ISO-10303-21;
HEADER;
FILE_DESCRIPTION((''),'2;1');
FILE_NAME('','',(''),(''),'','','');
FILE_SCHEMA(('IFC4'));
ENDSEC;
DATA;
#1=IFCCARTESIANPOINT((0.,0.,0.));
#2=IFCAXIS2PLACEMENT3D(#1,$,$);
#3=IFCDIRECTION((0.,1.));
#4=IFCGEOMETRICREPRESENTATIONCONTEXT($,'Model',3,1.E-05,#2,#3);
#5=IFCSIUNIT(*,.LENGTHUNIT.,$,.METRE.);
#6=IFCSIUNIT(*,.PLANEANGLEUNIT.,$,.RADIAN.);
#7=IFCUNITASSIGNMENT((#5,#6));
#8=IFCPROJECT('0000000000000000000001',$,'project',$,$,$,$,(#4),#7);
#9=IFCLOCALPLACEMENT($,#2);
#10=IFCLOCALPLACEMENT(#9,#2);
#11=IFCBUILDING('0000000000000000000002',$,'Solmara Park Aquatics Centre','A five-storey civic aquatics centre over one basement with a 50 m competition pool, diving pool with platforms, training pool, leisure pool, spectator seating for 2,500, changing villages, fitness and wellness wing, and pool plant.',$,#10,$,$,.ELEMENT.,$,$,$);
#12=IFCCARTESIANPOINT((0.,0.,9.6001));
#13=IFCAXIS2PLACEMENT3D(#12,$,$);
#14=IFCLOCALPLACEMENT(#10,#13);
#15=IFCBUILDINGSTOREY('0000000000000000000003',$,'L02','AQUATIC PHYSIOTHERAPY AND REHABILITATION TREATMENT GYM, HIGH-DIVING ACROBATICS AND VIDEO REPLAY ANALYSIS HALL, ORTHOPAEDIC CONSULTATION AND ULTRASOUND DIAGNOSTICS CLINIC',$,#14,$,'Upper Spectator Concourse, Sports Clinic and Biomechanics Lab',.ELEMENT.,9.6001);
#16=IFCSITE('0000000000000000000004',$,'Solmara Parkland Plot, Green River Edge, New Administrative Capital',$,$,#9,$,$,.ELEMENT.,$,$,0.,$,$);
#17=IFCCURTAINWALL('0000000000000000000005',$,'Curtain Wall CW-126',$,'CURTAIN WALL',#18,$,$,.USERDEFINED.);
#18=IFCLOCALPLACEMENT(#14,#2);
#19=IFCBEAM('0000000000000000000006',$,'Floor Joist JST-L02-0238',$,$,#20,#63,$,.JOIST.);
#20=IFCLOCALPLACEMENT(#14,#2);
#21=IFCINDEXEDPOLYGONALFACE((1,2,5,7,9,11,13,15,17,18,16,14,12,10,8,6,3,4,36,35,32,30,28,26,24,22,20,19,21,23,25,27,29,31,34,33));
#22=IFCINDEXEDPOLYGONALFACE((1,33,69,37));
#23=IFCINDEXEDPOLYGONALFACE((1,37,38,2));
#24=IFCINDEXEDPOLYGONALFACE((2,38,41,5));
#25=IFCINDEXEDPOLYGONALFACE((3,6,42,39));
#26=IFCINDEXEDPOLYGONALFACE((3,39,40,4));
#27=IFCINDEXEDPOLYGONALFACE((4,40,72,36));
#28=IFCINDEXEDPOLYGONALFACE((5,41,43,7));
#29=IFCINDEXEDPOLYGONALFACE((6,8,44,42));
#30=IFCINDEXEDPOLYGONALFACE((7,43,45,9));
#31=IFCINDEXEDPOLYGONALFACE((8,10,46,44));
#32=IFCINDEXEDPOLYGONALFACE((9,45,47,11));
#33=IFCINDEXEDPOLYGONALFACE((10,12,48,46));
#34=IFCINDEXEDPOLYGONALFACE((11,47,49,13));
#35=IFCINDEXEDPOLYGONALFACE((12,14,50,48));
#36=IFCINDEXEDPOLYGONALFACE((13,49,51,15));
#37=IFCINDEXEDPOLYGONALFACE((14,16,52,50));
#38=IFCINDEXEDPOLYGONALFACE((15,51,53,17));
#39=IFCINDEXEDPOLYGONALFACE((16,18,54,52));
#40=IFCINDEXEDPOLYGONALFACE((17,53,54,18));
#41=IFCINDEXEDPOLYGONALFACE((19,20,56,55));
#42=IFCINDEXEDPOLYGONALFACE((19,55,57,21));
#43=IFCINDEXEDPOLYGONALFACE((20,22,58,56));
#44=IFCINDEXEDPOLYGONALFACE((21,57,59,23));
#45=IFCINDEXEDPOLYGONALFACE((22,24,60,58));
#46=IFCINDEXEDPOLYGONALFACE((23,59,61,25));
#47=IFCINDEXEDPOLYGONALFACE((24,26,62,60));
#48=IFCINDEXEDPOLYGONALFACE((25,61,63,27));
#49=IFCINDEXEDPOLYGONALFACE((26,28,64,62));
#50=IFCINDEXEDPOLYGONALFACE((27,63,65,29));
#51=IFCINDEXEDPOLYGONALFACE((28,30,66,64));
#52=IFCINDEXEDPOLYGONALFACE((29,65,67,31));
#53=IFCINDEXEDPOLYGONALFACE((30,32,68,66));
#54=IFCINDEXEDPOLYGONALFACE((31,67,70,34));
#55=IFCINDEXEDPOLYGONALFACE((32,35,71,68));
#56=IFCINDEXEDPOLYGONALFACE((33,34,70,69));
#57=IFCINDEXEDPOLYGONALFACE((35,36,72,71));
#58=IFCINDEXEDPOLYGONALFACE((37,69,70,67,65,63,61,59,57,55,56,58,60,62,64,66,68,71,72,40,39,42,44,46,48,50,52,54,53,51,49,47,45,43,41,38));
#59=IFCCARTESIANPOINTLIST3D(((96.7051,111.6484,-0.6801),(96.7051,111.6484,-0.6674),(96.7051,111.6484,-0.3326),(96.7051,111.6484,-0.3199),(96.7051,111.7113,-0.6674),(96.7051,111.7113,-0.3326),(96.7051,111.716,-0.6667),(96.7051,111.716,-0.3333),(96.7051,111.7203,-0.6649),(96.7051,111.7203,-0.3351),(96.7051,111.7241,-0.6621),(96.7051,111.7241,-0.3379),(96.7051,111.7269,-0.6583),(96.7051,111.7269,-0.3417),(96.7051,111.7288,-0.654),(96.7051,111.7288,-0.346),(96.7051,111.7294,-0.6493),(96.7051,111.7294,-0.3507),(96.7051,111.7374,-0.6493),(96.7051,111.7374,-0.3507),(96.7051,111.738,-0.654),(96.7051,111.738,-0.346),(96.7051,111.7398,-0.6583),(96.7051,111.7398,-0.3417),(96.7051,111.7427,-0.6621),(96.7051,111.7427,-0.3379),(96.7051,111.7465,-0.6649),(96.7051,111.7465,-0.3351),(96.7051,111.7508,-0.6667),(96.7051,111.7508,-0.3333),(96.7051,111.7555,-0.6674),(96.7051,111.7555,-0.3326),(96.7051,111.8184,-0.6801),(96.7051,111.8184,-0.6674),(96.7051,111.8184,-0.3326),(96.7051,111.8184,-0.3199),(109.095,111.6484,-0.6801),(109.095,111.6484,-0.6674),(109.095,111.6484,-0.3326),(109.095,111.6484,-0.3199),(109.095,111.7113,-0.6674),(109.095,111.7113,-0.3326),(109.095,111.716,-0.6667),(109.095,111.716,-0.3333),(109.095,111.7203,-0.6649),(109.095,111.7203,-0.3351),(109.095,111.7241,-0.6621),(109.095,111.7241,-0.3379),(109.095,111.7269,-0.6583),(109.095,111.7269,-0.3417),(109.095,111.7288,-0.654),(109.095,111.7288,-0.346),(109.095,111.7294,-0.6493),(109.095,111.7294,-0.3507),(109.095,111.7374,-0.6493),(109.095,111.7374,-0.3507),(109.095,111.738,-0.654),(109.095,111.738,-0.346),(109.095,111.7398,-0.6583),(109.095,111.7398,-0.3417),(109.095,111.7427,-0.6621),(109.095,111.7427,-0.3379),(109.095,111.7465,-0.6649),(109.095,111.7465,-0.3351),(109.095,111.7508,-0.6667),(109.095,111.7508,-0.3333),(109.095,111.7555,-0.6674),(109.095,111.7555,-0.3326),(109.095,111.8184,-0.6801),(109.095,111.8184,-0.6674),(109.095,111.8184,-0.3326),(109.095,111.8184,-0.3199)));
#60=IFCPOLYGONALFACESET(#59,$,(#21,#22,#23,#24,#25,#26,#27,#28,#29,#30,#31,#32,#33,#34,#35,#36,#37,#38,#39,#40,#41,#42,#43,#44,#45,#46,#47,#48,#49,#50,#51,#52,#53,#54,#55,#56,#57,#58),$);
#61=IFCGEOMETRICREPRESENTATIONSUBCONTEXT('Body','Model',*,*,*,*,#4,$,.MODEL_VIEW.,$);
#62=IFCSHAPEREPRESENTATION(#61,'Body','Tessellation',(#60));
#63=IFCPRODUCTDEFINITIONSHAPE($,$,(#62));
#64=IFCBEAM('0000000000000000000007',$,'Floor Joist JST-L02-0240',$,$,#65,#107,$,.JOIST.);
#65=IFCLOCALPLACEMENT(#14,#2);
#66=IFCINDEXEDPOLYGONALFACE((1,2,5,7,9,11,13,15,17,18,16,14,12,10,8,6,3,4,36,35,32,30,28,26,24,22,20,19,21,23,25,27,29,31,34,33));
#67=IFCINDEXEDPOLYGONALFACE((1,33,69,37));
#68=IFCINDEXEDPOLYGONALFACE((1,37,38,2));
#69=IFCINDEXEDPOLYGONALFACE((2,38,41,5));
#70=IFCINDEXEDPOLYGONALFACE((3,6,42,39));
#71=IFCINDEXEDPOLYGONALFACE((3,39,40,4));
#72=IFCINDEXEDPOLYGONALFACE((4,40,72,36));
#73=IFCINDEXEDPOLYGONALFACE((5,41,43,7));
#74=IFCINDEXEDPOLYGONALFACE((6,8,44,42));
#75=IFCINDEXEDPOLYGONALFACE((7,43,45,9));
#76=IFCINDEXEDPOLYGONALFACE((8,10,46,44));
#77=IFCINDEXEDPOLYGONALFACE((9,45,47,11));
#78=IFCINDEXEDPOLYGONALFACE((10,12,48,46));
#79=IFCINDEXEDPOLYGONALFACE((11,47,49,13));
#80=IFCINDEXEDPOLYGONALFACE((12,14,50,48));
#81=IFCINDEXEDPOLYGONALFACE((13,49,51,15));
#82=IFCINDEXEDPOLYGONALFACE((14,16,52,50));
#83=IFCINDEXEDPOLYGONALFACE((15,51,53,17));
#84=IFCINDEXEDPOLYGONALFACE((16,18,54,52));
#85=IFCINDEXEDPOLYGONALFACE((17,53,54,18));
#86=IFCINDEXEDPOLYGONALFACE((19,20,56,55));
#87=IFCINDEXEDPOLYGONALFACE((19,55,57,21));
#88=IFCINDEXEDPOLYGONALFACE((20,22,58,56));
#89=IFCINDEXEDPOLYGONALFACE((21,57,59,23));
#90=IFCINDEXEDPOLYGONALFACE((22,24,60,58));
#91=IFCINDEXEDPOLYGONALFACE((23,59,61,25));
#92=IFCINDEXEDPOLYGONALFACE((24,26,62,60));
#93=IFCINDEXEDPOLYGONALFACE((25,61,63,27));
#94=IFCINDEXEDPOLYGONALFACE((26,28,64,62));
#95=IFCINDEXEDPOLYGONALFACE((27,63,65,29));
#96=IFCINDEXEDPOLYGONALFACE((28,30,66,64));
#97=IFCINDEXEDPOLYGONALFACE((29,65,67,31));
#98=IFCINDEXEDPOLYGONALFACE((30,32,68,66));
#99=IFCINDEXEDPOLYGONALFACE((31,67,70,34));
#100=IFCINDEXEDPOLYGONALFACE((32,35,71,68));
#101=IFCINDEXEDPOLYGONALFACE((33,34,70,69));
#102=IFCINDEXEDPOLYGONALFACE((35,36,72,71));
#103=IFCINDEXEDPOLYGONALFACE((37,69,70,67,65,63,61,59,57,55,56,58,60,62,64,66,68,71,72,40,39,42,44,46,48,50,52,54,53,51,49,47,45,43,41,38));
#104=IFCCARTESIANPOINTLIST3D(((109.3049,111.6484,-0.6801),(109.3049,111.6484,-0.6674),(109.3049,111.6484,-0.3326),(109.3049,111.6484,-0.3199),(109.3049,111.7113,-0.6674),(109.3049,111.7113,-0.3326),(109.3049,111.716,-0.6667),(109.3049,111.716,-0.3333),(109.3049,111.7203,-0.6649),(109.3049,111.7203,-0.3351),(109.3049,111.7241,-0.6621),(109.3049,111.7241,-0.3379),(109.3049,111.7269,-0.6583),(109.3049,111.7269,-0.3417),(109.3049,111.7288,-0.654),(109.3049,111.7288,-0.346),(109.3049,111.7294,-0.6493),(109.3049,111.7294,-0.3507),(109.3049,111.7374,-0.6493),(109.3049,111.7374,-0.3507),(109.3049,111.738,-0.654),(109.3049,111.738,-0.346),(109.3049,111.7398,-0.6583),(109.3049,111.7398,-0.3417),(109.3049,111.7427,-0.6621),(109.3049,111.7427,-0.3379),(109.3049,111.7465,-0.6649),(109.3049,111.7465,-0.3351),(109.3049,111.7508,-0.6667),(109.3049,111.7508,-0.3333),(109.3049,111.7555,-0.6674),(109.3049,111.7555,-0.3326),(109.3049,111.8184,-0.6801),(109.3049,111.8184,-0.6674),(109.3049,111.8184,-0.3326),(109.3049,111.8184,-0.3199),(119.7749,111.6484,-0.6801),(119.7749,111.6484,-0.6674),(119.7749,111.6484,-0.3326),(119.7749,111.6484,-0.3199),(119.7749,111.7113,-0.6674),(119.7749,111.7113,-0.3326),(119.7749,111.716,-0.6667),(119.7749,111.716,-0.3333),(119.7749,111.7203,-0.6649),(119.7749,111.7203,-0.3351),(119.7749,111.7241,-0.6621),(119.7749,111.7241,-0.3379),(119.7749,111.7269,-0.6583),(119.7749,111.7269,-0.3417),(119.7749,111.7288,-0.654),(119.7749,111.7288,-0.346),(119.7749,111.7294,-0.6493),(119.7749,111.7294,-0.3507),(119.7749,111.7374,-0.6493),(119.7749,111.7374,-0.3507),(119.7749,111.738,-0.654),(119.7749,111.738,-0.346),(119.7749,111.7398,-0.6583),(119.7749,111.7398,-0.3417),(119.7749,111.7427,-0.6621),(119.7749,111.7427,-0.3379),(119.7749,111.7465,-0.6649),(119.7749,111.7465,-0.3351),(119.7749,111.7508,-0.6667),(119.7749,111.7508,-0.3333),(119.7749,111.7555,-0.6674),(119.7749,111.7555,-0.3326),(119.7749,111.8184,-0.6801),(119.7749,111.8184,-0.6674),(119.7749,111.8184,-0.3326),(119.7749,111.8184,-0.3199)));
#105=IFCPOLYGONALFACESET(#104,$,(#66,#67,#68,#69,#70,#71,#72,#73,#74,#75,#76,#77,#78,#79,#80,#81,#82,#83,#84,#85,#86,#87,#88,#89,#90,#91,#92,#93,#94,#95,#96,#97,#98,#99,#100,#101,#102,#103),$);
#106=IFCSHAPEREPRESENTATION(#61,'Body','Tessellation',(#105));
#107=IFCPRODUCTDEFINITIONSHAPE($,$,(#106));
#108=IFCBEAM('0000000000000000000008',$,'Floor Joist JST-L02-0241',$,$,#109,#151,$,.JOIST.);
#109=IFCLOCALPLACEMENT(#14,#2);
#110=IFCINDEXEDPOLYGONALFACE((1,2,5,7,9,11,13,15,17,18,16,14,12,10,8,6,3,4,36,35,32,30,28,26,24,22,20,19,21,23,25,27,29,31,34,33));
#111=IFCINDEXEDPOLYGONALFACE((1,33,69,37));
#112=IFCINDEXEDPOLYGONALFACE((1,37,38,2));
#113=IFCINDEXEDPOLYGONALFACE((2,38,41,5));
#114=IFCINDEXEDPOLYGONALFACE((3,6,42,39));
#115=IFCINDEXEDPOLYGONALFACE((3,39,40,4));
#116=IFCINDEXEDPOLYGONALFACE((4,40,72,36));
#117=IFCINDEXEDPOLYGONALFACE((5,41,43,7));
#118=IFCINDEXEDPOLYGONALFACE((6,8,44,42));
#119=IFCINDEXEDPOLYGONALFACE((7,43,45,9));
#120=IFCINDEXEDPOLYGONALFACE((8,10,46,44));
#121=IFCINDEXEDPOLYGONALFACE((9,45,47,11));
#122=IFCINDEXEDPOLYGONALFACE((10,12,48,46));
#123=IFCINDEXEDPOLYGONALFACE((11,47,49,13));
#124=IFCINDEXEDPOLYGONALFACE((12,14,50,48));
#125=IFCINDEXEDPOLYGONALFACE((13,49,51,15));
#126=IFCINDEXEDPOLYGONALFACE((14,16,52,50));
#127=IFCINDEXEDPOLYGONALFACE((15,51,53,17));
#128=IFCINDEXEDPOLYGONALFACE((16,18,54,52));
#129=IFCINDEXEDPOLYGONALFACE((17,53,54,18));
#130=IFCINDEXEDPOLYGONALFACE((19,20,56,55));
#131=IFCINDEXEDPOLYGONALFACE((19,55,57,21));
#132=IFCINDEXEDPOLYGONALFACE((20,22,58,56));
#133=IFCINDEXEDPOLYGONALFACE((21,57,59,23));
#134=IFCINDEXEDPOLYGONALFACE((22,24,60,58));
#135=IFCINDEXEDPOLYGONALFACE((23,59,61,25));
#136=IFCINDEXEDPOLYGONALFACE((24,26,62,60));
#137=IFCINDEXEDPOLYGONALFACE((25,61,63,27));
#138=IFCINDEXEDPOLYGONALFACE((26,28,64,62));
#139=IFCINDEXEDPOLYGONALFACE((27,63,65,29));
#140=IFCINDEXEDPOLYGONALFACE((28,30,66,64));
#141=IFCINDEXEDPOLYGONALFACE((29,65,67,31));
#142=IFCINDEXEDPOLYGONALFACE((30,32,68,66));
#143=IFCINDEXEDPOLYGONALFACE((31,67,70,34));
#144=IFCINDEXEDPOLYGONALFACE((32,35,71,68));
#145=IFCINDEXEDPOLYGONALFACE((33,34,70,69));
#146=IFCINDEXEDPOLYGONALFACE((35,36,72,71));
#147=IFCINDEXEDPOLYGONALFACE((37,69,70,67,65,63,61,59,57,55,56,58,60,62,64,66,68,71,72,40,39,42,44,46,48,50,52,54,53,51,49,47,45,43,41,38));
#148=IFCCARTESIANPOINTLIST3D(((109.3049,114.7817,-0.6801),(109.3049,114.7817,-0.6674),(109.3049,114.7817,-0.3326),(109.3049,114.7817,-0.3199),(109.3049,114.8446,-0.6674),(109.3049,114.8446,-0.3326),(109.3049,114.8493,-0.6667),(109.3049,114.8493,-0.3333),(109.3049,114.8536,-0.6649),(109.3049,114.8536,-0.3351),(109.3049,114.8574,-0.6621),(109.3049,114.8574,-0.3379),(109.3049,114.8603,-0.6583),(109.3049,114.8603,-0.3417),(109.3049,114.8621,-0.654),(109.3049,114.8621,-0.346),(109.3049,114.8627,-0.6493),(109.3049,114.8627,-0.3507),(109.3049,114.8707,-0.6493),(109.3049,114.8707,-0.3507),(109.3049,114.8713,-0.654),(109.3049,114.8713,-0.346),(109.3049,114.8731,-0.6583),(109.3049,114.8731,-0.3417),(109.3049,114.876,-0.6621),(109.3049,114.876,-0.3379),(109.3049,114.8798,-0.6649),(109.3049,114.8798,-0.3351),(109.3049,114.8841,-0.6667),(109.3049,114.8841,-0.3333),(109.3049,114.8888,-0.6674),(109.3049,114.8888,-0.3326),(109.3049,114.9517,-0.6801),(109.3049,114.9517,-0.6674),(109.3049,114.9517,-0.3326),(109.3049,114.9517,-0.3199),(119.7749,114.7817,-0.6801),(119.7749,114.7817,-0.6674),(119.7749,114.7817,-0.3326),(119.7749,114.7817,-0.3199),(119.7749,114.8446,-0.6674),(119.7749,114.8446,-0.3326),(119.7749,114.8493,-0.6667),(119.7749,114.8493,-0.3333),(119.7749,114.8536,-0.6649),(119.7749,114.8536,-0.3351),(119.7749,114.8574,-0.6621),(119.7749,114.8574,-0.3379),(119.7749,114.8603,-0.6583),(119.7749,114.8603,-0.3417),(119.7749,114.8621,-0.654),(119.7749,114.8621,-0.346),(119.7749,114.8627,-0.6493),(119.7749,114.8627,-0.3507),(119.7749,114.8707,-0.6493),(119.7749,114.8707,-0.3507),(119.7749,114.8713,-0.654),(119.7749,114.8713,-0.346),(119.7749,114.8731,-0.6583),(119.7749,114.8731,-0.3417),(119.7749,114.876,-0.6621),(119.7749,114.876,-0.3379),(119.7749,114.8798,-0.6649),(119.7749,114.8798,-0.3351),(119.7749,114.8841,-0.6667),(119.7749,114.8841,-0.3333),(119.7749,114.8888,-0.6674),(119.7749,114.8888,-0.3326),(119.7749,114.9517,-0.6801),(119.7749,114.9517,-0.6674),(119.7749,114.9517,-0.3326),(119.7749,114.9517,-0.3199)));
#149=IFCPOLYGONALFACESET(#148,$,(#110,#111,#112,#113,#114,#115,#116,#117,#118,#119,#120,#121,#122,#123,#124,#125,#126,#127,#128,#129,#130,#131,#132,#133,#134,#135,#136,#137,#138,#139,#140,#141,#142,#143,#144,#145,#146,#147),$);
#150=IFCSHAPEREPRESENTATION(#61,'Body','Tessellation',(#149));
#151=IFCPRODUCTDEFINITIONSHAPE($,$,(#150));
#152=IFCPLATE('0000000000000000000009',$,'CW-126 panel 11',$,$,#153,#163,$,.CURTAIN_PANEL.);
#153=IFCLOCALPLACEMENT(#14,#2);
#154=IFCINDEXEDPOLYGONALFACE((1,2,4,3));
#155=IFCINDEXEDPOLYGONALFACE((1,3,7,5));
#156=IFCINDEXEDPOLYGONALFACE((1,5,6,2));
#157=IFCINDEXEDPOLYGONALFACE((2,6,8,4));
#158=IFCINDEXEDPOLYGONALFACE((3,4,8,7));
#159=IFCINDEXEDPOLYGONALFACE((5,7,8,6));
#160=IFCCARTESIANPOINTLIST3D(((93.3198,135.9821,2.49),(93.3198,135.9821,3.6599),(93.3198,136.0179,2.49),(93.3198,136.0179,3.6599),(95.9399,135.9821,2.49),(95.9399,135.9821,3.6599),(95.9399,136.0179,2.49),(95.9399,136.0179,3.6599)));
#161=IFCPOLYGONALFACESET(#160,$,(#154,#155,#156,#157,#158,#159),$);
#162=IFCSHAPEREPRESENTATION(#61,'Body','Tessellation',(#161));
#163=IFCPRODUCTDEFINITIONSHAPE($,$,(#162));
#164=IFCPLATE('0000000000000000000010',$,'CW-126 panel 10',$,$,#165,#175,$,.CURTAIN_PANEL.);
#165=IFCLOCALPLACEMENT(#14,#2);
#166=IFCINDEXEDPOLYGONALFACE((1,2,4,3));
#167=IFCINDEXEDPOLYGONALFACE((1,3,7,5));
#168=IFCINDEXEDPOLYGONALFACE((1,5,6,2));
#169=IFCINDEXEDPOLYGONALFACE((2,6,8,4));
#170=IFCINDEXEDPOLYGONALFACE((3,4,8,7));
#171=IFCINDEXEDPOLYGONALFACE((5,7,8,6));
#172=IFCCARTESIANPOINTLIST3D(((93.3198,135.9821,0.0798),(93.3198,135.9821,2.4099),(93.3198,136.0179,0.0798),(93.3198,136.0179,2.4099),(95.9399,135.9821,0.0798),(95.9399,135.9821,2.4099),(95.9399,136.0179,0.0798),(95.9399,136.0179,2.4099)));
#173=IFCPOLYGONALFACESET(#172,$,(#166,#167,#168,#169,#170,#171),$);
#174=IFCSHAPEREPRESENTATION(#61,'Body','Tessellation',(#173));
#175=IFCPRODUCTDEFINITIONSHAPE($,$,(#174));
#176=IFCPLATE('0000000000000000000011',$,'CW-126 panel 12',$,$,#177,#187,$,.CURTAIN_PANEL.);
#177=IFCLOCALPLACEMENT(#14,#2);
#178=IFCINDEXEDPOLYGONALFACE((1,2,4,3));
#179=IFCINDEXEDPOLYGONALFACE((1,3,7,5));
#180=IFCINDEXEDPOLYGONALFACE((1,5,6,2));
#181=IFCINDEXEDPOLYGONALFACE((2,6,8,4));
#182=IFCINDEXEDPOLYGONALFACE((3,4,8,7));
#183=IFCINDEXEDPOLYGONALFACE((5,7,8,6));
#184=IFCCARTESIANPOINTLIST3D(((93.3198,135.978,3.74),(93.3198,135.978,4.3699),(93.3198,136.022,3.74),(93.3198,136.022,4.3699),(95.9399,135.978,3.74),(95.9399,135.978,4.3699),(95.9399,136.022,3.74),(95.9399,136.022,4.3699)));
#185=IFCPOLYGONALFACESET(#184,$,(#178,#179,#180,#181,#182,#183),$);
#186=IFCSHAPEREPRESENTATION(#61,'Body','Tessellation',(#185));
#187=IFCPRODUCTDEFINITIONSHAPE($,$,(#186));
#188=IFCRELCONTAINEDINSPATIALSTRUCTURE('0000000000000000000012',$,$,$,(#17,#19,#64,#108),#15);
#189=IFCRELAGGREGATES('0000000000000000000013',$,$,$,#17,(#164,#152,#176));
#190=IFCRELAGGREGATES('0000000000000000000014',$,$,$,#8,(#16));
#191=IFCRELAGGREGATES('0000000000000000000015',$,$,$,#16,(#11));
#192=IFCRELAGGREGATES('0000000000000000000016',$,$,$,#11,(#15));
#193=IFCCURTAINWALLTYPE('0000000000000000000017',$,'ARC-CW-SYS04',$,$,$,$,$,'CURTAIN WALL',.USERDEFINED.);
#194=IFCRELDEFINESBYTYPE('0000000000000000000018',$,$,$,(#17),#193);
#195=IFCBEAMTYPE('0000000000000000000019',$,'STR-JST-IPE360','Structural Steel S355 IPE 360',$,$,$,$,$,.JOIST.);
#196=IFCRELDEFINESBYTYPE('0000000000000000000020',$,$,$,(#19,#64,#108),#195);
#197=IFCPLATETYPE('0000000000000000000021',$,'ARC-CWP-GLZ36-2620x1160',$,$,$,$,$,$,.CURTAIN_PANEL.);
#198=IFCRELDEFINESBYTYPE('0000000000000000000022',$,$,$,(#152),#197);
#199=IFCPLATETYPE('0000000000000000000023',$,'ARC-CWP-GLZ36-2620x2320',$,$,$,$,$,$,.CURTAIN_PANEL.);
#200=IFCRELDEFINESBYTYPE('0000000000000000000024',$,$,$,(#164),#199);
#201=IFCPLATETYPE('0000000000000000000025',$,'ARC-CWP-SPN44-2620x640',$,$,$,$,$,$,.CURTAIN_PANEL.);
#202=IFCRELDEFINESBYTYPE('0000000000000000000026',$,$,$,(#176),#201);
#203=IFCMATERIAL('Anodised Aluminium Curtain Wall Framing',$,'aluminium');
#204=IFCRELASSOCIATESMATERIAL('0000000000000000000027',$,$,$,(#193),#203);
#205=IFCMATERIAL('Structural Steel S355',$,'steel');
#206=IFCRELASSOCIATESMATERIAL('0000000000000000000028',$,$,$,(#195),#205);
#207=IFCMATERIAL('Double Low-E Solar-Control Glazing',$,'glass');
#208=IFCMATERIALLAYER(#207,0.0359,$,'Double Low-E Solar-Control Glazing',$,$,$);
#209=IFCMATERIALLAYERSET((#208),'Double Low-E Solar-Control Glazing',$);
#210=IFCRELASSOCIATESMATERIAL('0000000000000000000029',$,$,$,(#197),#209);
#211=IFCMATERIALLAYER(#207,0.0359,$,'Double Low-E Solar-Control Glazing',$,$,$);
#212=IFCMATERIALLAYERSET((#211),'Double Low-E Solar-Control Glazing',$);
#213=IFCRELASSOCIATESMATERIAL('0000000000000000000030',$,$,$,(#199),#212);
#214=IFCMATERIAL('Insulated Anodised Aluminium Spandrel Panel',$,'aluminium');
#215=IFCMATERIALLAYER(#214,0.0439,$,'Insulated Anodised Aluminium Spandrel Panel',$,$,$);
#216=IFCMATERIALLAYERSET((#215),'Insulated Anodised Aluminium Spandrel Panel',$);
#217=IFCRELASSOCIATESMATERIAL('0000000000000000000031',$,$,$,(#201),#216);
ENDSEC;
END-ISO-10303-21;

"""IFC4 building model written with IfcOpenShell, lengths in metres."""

from ifc_helpers import new_model, si_unit, direction, frame, origin, origin_2d, place, context, subcontext, project, spatial, rectangle, i_section, extrude, material, layer, layer_set, material_profile, profile_set, type_object, element, aggregate, save


model = new_model("IFC4")

# Units and contexts
model_context = context("Model", 3, precision=1e-05, world=origin(), true_north=direction((0.0, 1.0)))
body_context = subcontext(model_context, "Body", "Model", "MODEL_VIEW")
ifc_project = project(units=[si_unit("LENGTHUNIT", "METRE"), si_unit("PLANEANGLEUNIT", "RADIAN")], contexts=[model_context])

# Site, building, storey
site_placement = place(None, origin())
site = spatial("IfcSite", under=ifc_project, at=site_placement, Name="Solmara Parkland Plot, Green River Edge, New Administrative Capital", CompositionType="ELEMENT", RefElevation=0.0)
building_placement = place(site_placement, origin())
building = spatial("IfcBuilding", under=site, at=building_placement, Name="Solmara Park Aquatics Centre", Description="A five-storey civic aquatics centre over one basement with a 50 m competition pool, diving pool with platforms, training pool, leisure pool, spectator seating for 2,500, changing villages, fitness and wellness wing, and pool plant.", CompositionType="ELEMENT")
storey_placement = place(building_placement, frame((0.0, 0.0, 9.6001)))
storey = spatial("IfcBuildingStorey", under=building, at=storey_placement, Name="L02", Description="AQUATIC PHYSIOTHERAPY AND REHABILITATION TREATMENT GYM, HIGH-DIVING ACROBATICS AND VIDEO REPLAY ANALYSIS HALL, ORTHOPAEDIC CONSULTATION AND ULTRASOUND DIAGNOSTICS CLINIC", LongName="Upper Spectator Concourse, Sports Clinic and Biomechanics Lab", CompositionType="ELEMENT", Elevation=9.6001)

# Shared definitions
ifc_material_1 = material(Name="Structural Steel S355", Category="steel")

# Curtain wall
ifc_material_2 = material(Name="Anodised Aluminium Curtain Wall Framing", Category="aluminium")
curtain_wall_type = type_object("IfcCurtainWallType", Name="ARC-CW-SYS04", ElementType="CURTAIN WALL", PredefinedType="USERDEFINED", material=ifc_material_2)
curtain_wall_placement = place(storey_placement, origin())
curtain_wall = element("IfcCurtainWall", 1, at=curtain_wall_placement, inside=storey, type_object=curtain_wall_type, Name="Curtain Wall CW-126", ObjectType="CURTAIN WALL", PredefinedType="USERDEFINED")

# Beams
ifc_material_profile_1 = material_profile(ifc_material_1, i_section(OverallWidth=0.1699, OverallDepth=0.3601, WebThickness=0.0081, FlangeThickness=0.0127, FilletRadius=0.0181, at=origin_2d()), Name="IPE 360")
ifc_profile_set_1 = profile_set([ifc_material_profile_1], Name="Structural Steel S355")
beam_type_1 = type_object("IfcBeamType", Name="STR-JST-IPE360", Description="Structural Steel S355 IPE 360", PredefinedType="JOIST", material=ifc_profile_set_1)
beam_1_placement = place(storey_placement, frame((96.7051, 111.7334, -0.5), z_axis=(1.0, 0.0, 0.0), x_axis=(0.0, 1.0, 0.0)))
element("IfcBeam", 2, at=beam_1_placement, inside=storey, type_object=beam_type_1, Name="Floor Joist JST-L02-0238", PredefinedType="JOIST", context=body_context, shape_type="SweptSolid", body=[
    extrude(i_section(OverallWidth=0.1699, OverallDepth=0.3601, WebThickness=0.0081, FlangeThickness=0.0127, FilletRadius=0.0181, at=origin_2d()), origin(), (0.0, 0.0, 1.0), 12.3899),
])
for number, where, z_axis, x_axis, name in (
    (3, (109.3049, 111.7334, -0.5), (1.0, 0.0, 0.0), (0.0, 1.0, 0.0), "Floor Joist JST-L02-0240"),
    (4, (109.3049, 114.8667, -0.5), (1.0, 0.0, 0.0), (0.0, 1.0, 0.0), "Floor Joist JST-L02-0241"),
):
    element("IfcBeam", number, at=place(storey_placement, frame(where, z_axis=z_axis, x_axis=x_axis)), inside=storey, type_object=beam_type_1, Name=name, PredefinedType="JOIST", context=body_context, shape_type="SweptSolid", body=[
        extrude(i_section(OverallWidth=0.1699, OverallDepth=0.3601, WebThickness=0.0081, FlangeThickness=0.0127, FilletRadius=0.0181, at=origin_2d()), origin(), (0.0, 0.0, 1.0), 10.47),
    ])

# Plates
ifc_material_3 = material(Name="Double Low-E Solar-Control Glazing", Category="glass")
ifc_layer_1 = layer(ifc_material_3, 0.0359, Name="Double Low-E Solar-Control Glazing")
ifc_layer_set_1 = layer_set([ifc_layer_1], Name="Double Low-E Solar-Control Glazing")
plate_type_1 = type_object("IfcPlateType", Name="ARC-CWP-GLZ36-2620x1160", PredefinedType="CURTAIN_PANEL", material=ifc_layer_set_1)
plate_1_placement = place(storey_placement, frame((94.6299, 136.0, 2.49), z_axis=(0.0, 0.0, 1.0), x_axis=(1.0, 0.0, 0.0)))
plate_1 = element("IfcPlate", 5, at=plate_1_placement, type_object=plate_type_1, Name="CW-126 panel 11", PredefinedType="CURTAIN_PANEL", context=body_context, shape_type="SweptSolid", body=[
    extrude(rectangle(XDim=2.6201, YDim=0.0359, at=origin_2d()), origin(), (0.0, 0.0, 1.0), 1.1699),
])
ifc_layer_2 = layer(ifc_material_3, 0.0359, Name="Double Low-E Solar-Control Glazing")
ifc_layer_set_2 = layer_set([ifc_layer_2], Name="Double Low-E Solar-Control Glazing")
plate_type_2 = type_object("IfcPlateType", Name="ARC-CWP-GLZ36-2620x2320", PredefinedType="CURTAIN_PANEL", material=ifc_layer_set_2)
plate_2_placement = place(storey_placement, frame((94.6299, 136.0, 0.0798), z_axis=(0.0, 0.0, 1.0), x_axis=(1.0, 0.0, 0.0)))
plate_2 = element("IfcPlate", 6, at=plate_2_placement, type_object=plate_type_2, Name="CW-126 panel 10", PredefinedType="CURTAIN_PANEL", context=body_context, shape_type="SweptSolid", body=[
    extrude(rectangle(XDim=2.6201, YDim=0.0359, at=origin_2d()), origin(), (0.0, 0.0, 1.0), 2.3301),
])
ifc_material_4 = material(Name="Insulated Anodised Aluminium Spandrel Panel", Category="aluminium")
ifc_layer_3 = layer(ifc_material_4, 0.0439, Name="Insulated Anodised Aluminium Spandrel Panel")
ifc_layer_set_3 = layer_set([ifc_layer_3], Name="Insulated Anodised Aluminium Spandrel Panel")
plate_type_3 = type_object("IfcPlateType", Name="ARC-CWP-SPN44-2620x640", PredefinedType="CURTAIN_PANEL", material=ifc_layer_set_3)
plate_3_placement = place(storey_placement, frame((94.6299, 136.0, 3.74), z_axis=(0.0, 0.0, 1.0), x_axis=(1.0, 0.0, 0.0)))
plate_3 = element("IfcPlate", 7, at=plate_3_placement, type_object=plate_type_3, Name="CW-126 panel 12", PredefinedType="CURTAIN_PANEL", context=body_context, shape_type="SweptSolid", body=[
    extrude(rectangle(XDim=2.6201, YDim=0.0439, at=origin_2d()), origin(), (0.0, 0.0, 1.0), 0.6299),
])
aggregate(curtain_wall, [plate_2, plate_1, plate_3])

save(model, "model.ifc")
